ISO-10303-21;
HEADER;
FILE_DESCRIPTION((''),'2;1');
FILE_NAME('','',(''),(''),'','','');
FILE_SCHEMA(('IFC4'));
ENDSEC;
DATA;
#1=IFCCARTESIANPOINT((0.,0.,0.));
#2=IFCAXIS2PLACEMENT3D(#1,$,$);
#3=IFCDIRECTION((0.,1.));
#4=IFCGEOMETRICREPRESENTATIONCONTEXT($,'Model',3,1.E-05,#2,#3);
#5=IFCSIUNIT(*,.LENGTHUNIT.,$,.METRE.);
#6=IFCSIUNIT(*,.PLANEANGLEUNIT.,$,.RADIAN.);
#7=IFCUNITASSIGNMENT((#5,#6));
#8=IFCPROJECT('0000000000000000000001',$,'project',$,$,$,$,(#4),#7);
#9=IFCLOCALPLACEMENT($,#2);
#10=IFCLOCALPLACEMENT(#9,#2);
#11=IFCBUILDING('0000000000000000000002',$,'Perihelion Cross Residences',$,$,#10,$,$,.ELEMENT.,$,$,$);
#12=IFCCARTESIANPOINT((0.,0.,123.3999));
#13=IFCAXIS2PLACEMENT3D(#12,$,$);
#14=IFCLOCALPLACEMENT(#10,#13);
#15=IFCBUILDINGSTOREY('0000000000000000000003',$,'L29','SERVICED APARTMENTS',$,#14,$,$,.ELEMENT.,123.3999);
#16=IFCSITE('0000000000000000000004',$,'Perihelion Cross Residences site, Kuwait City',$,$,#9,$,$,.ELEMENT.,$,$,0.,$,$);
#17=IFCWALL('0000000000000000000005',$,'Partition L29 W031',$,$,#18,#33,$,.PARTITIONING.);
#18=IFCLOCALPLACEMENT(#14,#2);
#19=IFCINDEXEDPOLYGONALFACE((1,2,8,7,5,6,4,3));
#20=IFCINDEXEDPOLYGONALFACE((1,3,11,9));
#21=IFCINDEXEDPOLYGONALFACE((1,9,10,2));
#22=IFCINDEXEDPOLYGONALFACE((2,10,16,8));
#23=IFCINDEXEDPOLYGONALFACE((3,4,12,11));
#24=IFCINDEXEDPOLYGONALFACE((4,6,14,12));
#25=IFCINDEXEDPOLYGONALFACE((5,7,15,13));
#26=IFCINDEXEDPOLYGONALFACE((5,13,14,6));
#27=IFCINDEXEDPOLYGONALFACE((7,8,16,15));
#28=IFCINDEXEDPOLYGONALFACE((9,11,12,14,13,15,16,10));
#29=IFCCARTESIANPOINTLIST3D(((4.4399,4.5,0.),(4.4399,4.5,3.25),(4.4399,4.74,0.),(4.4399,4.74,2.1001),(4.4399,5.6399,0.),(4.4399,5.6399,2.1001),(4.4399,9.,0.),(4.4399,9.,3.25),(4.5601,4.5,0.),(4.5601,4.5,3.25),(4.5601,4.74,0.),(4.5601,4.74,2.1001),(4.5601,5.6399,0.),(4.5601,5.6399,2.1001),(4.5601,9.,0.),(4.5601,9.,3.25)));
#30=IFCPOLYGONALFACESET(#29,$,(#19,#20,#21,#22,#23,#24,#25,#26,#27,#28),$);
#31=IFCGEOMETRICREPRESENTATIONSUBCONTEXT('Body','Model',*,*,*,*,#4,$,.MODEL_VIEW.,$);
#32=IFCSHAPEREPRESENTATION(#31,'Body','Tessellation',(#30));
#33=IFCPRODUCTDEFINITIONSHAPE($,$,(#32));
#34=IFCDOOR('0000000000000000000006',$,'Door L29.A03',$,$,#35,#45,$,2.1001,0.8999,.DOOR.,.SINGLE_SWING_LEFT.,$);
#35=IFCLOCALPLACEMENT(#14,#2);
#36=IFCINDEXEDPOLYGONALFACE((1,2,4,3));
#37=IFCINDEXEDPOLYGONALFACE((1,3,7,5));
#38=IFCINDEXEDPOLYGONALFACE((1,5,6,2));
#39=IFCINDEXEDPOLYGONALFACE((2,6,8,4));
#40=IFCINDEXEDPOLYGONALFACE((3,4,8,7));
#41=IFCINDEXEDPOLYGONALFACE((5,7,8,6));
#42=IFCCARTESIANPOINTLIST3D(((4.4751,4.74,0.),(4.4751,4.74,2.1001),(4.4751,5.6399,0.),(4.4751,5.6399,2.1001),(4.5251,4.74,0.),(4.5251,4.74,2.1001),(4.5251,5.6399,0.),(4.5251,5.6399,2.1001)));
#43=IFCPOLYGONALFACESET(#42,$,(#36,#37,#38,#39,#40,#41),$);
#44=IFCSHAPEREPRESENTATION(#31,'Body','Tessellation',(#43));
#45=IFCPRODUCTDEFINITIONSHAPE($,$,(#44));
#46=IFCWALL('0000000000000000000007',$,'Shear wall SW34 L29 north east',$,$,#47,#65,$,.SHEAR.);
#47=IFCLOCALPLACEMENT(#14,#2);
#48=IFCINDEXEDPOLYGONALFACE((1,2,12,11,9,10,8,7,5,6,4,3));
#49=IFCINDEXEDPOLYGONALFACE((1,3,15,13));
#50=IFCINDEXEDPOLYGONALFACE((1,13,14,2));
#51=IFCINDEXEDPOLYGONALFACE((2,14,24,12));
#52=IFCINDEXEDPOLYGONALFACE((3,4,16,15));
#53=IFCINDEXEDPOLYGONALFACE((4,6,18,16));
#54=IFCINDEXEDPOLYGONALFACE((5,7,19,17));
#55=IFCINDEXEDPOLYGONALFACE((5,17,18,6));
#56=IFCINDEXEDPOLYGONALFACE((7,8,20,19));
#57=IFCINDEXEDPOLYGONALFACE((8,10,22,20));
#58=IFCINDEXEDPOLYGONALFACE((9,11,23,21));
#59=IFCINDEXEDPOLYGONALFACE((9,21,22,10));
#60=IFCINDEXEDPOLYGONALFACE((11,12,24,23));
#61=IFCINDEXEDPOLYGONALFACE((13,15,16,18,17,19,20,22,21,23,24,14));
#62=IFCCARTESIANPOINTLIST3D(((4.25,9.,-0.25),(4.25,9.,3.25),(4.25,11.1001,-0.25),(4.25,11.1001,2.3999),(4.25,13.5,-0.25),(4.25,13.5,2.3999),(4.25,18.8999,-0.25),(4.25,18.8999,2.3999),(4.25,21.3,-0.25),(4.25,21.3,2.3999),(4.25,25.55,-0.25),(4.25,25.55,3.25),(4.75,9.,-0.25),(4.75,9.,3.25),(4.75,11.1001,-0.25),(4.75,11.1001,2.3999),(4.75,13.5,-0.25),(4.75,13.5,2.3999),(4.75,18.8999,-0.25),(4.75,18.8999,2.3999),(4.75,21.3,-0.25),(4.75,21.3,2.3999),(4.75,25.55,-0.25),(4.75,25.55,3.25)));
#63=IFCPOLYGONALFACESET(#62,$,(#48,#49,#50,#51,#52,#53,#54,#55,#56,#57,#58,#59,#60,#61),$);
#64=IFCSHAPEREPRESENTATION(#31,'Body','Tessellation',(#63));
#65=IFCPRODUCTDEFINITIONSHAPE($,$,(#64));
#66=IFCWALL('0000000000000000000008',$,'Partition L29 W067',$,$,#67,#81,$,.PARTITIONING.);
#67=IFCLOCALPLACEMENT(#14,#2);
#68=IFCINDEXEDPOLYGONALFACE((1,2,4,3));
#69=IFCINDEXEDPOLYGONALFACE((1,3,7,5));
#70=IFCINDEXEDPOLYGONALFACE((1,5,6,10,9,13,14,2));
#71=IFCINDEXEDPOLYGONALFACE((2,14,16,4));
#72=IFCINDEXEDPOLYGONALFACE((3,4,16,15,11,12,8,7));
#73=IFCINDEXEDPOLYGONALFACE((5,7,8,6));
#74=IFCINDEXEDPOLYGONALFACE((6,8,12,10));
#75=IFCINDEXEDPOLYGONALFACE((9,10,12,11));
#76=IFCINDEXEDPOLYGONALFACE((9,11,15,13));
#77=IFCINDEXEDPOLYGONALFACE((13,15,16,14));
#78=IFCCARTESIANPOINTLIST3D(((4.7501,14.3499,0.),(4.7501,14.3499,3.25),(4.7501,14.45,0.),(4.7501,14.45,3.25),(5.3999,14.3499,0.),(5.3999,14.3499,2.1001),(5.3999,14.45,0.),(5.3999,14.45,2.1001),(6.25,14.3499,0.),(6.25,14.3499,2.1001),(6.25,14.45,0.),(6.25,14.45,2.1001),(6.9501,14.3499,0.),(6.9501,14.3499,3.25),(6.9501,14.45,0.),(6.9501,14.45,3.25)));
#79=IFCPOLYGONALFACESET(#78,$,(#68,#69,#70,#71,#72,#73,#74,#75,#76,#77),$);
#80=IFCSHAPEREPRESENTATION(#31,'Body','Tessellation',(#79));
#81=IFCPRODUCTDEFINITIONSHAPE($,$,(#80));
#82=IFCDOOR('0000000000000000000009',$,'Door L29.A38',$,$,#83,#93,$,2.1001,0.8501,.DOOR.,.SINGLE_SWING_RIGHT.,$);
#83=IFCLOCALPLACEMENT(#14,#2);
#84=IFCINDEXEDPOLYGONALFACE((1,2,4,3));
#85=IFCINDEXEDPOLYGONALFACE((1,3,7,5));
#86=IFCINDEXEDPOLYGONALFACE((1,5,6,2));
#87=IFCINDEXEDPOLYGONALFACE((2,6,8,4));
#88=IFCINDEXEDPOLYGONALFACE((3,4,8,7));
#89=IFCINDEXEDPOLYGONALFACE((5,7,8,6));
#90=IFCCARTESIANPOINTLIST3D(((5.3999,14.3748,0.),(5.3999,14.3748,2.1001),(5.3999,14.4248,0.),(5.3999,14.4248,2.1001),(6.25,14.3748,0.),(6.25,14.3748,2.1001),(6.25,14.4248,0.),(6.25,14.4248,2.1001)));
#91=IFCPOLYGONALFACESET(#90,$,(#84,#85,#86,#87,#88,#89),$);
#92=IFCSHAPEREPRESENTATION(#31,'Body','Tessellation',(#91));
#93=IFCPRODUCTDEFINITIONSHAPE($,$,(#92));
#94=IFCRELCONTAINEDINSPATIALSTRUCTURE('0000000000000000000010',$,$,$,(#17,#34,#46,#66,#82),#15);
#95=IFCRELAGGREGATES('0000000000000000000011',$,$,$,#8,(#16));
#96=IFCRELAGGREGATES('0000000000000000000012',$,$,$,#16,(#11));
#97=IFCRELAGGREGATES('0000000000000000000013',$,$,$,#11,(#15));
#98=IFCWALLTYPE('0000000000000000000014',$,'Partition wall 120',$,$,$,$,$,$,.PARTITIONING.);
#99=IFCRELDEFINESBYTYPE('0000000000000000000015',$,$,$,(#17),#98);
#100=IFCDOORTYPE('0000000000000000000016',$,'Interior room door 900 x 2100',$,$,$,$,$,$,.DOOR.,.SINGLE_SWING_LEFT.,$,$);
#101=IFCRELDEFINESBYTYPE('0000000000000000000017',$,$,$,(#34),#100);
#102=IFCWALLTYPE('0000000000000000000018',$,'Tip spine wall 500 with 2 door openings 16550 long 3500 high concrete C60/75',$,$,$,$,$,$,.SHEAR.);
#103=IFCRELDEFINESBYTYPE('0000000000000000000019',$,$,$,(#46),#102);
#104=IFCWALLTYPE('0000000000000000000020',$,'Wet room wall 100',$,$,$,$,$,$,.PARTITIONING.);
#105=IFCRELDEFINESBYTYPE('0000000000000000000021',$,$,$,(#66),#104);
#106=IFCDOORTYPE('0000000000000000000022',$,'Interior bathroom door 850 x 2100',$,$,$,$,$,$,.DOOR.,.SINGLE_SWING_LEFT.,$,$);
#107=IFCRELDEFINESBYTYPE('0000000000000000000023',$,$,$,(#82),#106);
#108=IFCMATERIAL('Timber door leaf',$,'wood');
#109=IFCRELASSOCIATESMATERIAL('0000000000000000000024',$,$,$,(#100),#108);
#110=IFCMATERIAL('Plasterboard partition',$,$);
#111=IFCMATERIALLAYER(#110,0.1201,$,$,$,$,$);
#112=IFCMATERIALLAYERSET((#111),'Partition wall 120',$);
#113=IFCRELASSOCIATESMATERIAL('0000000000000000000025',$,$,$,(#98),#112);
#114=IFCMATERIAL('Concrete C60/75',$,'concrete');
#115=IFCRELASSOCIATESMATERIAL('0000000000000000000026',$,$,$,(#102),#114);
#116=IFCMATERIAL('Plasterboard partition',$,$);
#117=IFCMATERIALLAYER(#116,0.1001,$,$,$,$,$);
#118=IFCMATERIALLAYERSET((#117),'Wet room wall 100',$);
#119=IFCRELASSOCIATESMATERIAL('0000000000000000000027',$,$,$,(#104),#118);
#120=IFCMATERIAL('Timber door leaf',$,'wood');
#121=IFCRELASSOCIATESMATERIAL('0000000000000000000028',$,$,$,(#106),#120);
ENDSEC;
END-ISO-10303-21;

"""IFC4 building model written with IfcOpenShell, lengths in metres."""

from ifc_helpers import new_model, si_unit, direction, frame, frame_2d, origin, place, context, subcontext, project, spatial, polyline, rectangle, outline, extrude, material, layer, layer_set, material_profile, profile_set, type_object, element, fill, save


model = new_model("IFC4")

# Units and contexts
model_context = context("Model", 3, precision=1e-05, world=origin(), true_north=direction((0.0, 1.0)))
body_context = subcontext(model_context, "Body", "Model", "MODEL_VIEW")
ifc_project = project(units=[si_unit("LENGTHUNIT", "METRE"), si_unit("PLANEANGLEUNIT", "RADIAN")], contexts=[model_context])

# Site, building, storey
site_placement = place(None, origin())
site = spatial("IfcSite", under=ifc_project, at=site_placement, Name="Perihelion Cross Residences site, Kuwait City", CompositionType="ELEMENT", RefElevation=0.0)
building_placement = place(site_placement, origin())
building = spatial("IfcBuilding", under=site, at=building_placement, Name="Perihelion Cross Residences", CompositionType="ELEMENT")
storey_placement = place(building_placement, frame((0.0, 0.0, 123.3999)))
storey = spatial("IfcBuildingStorey", under=building, at=storey_placement, Name="L29", Description="SERVICED APARTMENTS", CompositionType="ELEMENT", Elevation=123.3999)

# Shared definitions
ifc_material_1 = material(Name="Timber door leaf", Category="wood")
door_type_1 = type_object("IfcDoorType", Name="Interior room door 900 x 2100", OperationType="SINGLE_SWING_LEFT", PredefinedType="DOOR", material=ifc_material_1)
ifc_material_2 = material(Name="Plasterboard partition")
ifc_layer_1 = layer(ifc_material_2, 0.1201)
ifc_layer_set_1 = layer_set([ifc_layer_1], Name="Partition wall 120")
wall_type_1 = type_object("IfcWallType", Name="Partition wall 120", PredefinedType="PARTITIONING", material=ifc_layer_set_1)

# Wall, opening, door
wall_1_placement = place(storey_placement, frame((4.5, 4.5, 0.0), z_axis=(0.0, 0.0, 1.0), x_axis=(0.0, 1.0, 0.0)))
wall_1 = element("IfcWall", 1, at=wall_1_placement, inside=storey, type_object=wall_type_1, Name="Partition L29 W031", PredefinedType="PARTITIONING", context=body_context, shape_type="SweptSolid", body=[
    extrude(rectangle(XDim=4.5, YDim=0.1201, at=frame_2d((2.25, 0.0))), origin(), (0.0, 0.0, 1.0), 3.25),
])
opening_1_placement = place(wall_1_placement, frame((0.24, 0.0, 0.0)))
opening_1 = element("IfcOpeningElement", 2, at=opening_1_placement, cuts=wall_1, PredefinedType="OPENING", context=body_context, shape_type="SweptSolid", body=[
    extrude(rectangle(XDim=0.8999, YDim=2.1001, at=frame_2d((0.45, 1.05))), frame((0.0, 0.0701, 0.0), z_axis=(0.0, -1.0, 0.0), x_axis=(1.0, 0.0, 0.0)), (0.0, 0.0, 1.0), 0.1401),
])
door_1_placement = place(opening_1_placement, origin())
door_1 = element("IfcDoor", 3, at=door_1_placement, inside=storey, type_object=door_type_1, Name="Door L29.A03", OperationType="SINGLE_SWING_LEFT", OverallHeight=2.1001, OverallWidth=0.8999, PredefinedType="DOOR", context=body_context, shape_type="SweptSolid", body=[
    extrude(rectangle(XDim=0.8999, YDim=2.1001, at=frame_2d((0.45, 1.05))), frame((0.0, 0.0249, 0.0), z_axis=(0.0, -1.0, 0.0), x_axis=(1.0, 0.0, 0.0)), (0.0, 0.0, 1.0), 0.05),
])
fill(opening_1, door_1)

# Wall
ifc_material_3 = material(Name="Concrete C60/75", Category="concrete")
ifc_material_profile_1 = material_profile(ifc_material_3, outline(polyline([(0.0, 0.0), (2.1001, 0.0), (2.1001, 2.6499), (4.5, 2.6499), (4.5, 0.0), (9.8999, 0.0), (9.8999, 2.6499), (12.3, 2.6499), (12.3, 0.0), (16.55, 0.0), (16.55, 3.5), (0.0, 3.5), (0.0, 0.0)])), Name="Tip spine wall")
ifc_profile_set_1 = profile_set([ifc_material_profile_1], Name="Concrete C60/75")
wall_type_2 = type_object("IfcWallType", Name="Tip spine wall 500 with 2 door openings 16550 long 3500 high concrete C60/75", PredefinedType="SHEAR", material=ifc_profile_set_1)
wall_2_placement = place(storey_placement, frame((4.25, 9.0, -0.25), z_axis=(1.0, 0.0, 0.0), x_axis=(0.0, 1.0, 0.0)))
element("IfcWall", 4, at=wall_2_placement, inside=storey, type_object=wall_type_2, Name="Shear wall SW34 L29 north east", PredefinedType="SHEAR", context=body_context, shape_type="SweptSolid", body=[
    extrude(outline(polyline([(0.0, 0.0), (2.1001, 0.0), (2.1001, 2.6499), (4.5, 2.6499), (4.5, 0.0), (9.8999, 0.0), (9.8999, 2.6499), (12.3, 2.6499), (12.3, 0.0), (16.55, 0.0), (16.55, 3.5), (0.0, 3.5), (0.0, 0.0)])), origin(), (0.0, 0.0, 1.0), 0.5),
])

# Wall, opening, door
ifc_material_4 = material(Name="Plasterboard partition")
ifc_layer_2 = layer(ifc_material_4, 0.1001)
ifc_layer_set_2 = layer_set([ifc_layer_2], Name="Wet room wall 100")
wall_type_3 = type_object("IfcWallType", Name="Wet room wall 100", PredefinedType="PARTITIONING", material=ifc_layer_set_2)
wall_3_placement = place(storey_placement, frame((4.75, 14.3999, 0.0), z_axis=(0.0, 0.0, 1.0), x_axis=(1.0, 0.0, 0.0)))
wall_3 = element("IfcWall", 5, at=wall_3_placement, inside=storey, type_object=wall_type_3, Name="Partition L29 W067", PredefinedType="PARTITIONING", context=body_context, shape_type="SweptSolid", body=[
    extrude(rectangle(XDim=2.2, YDim=0.1001, at=frame_2d((1.1001, 0.0))), origin(), (0.0, 0.0, 1.0), 3.25),
])
opening_2_placement = place(wall_3_placement, frame((0.6499, 0.0, 0.0)))
opening_2 = element("IfcOpeningElement", 6, at=opening_2_placement, cuts=wall_3, PredefinedType="OPENING", context=body_context, shape_type="SweptSolid", body=[
    extrude(rectangle(XDim=0.8501, YDim=2.1001, at=frame_2d((0.425, 1.05))), frame((0.0, 0.0601, 0.0), z_axis=(0.0, -1.0, 0.0), x_axis=(1.0, 0.0, 0.0)), (0.0, 0.0, 1.0), 0.1201),
])
ifc_material_5 = material(Name="Timber door leaf", Category="wood")
door_type_2 = type_object("IfcDoorType", Name="Interior bathroom door 850 x 2100", OperationType="SINGLE_SWING_LEFT", PredefinedType="DOOR", material=ifc_material_5)
door_2_placement = place(opening_2_placement, origin())
door_2 = element("IfcDoor", 7, at=door_2_placement, inside=storey, type_object=door_type_2, Name="Door L29.A38", OperationType="SINGLE_SWING_RIGHT", OverallHeight=2.1001, OverallWidth=0.8501, PredefinedType="DOOR", context=body_context, shape_type="SweptSolid", body=[
    extrude(rectangle(XDim=0.8501, YDim=2.1001, at=frame_2d((0.425, 1.05))), frame((0.0, 0.0249, 0.0), z_axis=(0.0, -1.0, 0.0), x_axis=(1.0, 0.0, 0.0)), (0.0, 0.0, 1.0), 0.05),
])
fill(opening_2, door_2)

save(model, "model.ifc")
